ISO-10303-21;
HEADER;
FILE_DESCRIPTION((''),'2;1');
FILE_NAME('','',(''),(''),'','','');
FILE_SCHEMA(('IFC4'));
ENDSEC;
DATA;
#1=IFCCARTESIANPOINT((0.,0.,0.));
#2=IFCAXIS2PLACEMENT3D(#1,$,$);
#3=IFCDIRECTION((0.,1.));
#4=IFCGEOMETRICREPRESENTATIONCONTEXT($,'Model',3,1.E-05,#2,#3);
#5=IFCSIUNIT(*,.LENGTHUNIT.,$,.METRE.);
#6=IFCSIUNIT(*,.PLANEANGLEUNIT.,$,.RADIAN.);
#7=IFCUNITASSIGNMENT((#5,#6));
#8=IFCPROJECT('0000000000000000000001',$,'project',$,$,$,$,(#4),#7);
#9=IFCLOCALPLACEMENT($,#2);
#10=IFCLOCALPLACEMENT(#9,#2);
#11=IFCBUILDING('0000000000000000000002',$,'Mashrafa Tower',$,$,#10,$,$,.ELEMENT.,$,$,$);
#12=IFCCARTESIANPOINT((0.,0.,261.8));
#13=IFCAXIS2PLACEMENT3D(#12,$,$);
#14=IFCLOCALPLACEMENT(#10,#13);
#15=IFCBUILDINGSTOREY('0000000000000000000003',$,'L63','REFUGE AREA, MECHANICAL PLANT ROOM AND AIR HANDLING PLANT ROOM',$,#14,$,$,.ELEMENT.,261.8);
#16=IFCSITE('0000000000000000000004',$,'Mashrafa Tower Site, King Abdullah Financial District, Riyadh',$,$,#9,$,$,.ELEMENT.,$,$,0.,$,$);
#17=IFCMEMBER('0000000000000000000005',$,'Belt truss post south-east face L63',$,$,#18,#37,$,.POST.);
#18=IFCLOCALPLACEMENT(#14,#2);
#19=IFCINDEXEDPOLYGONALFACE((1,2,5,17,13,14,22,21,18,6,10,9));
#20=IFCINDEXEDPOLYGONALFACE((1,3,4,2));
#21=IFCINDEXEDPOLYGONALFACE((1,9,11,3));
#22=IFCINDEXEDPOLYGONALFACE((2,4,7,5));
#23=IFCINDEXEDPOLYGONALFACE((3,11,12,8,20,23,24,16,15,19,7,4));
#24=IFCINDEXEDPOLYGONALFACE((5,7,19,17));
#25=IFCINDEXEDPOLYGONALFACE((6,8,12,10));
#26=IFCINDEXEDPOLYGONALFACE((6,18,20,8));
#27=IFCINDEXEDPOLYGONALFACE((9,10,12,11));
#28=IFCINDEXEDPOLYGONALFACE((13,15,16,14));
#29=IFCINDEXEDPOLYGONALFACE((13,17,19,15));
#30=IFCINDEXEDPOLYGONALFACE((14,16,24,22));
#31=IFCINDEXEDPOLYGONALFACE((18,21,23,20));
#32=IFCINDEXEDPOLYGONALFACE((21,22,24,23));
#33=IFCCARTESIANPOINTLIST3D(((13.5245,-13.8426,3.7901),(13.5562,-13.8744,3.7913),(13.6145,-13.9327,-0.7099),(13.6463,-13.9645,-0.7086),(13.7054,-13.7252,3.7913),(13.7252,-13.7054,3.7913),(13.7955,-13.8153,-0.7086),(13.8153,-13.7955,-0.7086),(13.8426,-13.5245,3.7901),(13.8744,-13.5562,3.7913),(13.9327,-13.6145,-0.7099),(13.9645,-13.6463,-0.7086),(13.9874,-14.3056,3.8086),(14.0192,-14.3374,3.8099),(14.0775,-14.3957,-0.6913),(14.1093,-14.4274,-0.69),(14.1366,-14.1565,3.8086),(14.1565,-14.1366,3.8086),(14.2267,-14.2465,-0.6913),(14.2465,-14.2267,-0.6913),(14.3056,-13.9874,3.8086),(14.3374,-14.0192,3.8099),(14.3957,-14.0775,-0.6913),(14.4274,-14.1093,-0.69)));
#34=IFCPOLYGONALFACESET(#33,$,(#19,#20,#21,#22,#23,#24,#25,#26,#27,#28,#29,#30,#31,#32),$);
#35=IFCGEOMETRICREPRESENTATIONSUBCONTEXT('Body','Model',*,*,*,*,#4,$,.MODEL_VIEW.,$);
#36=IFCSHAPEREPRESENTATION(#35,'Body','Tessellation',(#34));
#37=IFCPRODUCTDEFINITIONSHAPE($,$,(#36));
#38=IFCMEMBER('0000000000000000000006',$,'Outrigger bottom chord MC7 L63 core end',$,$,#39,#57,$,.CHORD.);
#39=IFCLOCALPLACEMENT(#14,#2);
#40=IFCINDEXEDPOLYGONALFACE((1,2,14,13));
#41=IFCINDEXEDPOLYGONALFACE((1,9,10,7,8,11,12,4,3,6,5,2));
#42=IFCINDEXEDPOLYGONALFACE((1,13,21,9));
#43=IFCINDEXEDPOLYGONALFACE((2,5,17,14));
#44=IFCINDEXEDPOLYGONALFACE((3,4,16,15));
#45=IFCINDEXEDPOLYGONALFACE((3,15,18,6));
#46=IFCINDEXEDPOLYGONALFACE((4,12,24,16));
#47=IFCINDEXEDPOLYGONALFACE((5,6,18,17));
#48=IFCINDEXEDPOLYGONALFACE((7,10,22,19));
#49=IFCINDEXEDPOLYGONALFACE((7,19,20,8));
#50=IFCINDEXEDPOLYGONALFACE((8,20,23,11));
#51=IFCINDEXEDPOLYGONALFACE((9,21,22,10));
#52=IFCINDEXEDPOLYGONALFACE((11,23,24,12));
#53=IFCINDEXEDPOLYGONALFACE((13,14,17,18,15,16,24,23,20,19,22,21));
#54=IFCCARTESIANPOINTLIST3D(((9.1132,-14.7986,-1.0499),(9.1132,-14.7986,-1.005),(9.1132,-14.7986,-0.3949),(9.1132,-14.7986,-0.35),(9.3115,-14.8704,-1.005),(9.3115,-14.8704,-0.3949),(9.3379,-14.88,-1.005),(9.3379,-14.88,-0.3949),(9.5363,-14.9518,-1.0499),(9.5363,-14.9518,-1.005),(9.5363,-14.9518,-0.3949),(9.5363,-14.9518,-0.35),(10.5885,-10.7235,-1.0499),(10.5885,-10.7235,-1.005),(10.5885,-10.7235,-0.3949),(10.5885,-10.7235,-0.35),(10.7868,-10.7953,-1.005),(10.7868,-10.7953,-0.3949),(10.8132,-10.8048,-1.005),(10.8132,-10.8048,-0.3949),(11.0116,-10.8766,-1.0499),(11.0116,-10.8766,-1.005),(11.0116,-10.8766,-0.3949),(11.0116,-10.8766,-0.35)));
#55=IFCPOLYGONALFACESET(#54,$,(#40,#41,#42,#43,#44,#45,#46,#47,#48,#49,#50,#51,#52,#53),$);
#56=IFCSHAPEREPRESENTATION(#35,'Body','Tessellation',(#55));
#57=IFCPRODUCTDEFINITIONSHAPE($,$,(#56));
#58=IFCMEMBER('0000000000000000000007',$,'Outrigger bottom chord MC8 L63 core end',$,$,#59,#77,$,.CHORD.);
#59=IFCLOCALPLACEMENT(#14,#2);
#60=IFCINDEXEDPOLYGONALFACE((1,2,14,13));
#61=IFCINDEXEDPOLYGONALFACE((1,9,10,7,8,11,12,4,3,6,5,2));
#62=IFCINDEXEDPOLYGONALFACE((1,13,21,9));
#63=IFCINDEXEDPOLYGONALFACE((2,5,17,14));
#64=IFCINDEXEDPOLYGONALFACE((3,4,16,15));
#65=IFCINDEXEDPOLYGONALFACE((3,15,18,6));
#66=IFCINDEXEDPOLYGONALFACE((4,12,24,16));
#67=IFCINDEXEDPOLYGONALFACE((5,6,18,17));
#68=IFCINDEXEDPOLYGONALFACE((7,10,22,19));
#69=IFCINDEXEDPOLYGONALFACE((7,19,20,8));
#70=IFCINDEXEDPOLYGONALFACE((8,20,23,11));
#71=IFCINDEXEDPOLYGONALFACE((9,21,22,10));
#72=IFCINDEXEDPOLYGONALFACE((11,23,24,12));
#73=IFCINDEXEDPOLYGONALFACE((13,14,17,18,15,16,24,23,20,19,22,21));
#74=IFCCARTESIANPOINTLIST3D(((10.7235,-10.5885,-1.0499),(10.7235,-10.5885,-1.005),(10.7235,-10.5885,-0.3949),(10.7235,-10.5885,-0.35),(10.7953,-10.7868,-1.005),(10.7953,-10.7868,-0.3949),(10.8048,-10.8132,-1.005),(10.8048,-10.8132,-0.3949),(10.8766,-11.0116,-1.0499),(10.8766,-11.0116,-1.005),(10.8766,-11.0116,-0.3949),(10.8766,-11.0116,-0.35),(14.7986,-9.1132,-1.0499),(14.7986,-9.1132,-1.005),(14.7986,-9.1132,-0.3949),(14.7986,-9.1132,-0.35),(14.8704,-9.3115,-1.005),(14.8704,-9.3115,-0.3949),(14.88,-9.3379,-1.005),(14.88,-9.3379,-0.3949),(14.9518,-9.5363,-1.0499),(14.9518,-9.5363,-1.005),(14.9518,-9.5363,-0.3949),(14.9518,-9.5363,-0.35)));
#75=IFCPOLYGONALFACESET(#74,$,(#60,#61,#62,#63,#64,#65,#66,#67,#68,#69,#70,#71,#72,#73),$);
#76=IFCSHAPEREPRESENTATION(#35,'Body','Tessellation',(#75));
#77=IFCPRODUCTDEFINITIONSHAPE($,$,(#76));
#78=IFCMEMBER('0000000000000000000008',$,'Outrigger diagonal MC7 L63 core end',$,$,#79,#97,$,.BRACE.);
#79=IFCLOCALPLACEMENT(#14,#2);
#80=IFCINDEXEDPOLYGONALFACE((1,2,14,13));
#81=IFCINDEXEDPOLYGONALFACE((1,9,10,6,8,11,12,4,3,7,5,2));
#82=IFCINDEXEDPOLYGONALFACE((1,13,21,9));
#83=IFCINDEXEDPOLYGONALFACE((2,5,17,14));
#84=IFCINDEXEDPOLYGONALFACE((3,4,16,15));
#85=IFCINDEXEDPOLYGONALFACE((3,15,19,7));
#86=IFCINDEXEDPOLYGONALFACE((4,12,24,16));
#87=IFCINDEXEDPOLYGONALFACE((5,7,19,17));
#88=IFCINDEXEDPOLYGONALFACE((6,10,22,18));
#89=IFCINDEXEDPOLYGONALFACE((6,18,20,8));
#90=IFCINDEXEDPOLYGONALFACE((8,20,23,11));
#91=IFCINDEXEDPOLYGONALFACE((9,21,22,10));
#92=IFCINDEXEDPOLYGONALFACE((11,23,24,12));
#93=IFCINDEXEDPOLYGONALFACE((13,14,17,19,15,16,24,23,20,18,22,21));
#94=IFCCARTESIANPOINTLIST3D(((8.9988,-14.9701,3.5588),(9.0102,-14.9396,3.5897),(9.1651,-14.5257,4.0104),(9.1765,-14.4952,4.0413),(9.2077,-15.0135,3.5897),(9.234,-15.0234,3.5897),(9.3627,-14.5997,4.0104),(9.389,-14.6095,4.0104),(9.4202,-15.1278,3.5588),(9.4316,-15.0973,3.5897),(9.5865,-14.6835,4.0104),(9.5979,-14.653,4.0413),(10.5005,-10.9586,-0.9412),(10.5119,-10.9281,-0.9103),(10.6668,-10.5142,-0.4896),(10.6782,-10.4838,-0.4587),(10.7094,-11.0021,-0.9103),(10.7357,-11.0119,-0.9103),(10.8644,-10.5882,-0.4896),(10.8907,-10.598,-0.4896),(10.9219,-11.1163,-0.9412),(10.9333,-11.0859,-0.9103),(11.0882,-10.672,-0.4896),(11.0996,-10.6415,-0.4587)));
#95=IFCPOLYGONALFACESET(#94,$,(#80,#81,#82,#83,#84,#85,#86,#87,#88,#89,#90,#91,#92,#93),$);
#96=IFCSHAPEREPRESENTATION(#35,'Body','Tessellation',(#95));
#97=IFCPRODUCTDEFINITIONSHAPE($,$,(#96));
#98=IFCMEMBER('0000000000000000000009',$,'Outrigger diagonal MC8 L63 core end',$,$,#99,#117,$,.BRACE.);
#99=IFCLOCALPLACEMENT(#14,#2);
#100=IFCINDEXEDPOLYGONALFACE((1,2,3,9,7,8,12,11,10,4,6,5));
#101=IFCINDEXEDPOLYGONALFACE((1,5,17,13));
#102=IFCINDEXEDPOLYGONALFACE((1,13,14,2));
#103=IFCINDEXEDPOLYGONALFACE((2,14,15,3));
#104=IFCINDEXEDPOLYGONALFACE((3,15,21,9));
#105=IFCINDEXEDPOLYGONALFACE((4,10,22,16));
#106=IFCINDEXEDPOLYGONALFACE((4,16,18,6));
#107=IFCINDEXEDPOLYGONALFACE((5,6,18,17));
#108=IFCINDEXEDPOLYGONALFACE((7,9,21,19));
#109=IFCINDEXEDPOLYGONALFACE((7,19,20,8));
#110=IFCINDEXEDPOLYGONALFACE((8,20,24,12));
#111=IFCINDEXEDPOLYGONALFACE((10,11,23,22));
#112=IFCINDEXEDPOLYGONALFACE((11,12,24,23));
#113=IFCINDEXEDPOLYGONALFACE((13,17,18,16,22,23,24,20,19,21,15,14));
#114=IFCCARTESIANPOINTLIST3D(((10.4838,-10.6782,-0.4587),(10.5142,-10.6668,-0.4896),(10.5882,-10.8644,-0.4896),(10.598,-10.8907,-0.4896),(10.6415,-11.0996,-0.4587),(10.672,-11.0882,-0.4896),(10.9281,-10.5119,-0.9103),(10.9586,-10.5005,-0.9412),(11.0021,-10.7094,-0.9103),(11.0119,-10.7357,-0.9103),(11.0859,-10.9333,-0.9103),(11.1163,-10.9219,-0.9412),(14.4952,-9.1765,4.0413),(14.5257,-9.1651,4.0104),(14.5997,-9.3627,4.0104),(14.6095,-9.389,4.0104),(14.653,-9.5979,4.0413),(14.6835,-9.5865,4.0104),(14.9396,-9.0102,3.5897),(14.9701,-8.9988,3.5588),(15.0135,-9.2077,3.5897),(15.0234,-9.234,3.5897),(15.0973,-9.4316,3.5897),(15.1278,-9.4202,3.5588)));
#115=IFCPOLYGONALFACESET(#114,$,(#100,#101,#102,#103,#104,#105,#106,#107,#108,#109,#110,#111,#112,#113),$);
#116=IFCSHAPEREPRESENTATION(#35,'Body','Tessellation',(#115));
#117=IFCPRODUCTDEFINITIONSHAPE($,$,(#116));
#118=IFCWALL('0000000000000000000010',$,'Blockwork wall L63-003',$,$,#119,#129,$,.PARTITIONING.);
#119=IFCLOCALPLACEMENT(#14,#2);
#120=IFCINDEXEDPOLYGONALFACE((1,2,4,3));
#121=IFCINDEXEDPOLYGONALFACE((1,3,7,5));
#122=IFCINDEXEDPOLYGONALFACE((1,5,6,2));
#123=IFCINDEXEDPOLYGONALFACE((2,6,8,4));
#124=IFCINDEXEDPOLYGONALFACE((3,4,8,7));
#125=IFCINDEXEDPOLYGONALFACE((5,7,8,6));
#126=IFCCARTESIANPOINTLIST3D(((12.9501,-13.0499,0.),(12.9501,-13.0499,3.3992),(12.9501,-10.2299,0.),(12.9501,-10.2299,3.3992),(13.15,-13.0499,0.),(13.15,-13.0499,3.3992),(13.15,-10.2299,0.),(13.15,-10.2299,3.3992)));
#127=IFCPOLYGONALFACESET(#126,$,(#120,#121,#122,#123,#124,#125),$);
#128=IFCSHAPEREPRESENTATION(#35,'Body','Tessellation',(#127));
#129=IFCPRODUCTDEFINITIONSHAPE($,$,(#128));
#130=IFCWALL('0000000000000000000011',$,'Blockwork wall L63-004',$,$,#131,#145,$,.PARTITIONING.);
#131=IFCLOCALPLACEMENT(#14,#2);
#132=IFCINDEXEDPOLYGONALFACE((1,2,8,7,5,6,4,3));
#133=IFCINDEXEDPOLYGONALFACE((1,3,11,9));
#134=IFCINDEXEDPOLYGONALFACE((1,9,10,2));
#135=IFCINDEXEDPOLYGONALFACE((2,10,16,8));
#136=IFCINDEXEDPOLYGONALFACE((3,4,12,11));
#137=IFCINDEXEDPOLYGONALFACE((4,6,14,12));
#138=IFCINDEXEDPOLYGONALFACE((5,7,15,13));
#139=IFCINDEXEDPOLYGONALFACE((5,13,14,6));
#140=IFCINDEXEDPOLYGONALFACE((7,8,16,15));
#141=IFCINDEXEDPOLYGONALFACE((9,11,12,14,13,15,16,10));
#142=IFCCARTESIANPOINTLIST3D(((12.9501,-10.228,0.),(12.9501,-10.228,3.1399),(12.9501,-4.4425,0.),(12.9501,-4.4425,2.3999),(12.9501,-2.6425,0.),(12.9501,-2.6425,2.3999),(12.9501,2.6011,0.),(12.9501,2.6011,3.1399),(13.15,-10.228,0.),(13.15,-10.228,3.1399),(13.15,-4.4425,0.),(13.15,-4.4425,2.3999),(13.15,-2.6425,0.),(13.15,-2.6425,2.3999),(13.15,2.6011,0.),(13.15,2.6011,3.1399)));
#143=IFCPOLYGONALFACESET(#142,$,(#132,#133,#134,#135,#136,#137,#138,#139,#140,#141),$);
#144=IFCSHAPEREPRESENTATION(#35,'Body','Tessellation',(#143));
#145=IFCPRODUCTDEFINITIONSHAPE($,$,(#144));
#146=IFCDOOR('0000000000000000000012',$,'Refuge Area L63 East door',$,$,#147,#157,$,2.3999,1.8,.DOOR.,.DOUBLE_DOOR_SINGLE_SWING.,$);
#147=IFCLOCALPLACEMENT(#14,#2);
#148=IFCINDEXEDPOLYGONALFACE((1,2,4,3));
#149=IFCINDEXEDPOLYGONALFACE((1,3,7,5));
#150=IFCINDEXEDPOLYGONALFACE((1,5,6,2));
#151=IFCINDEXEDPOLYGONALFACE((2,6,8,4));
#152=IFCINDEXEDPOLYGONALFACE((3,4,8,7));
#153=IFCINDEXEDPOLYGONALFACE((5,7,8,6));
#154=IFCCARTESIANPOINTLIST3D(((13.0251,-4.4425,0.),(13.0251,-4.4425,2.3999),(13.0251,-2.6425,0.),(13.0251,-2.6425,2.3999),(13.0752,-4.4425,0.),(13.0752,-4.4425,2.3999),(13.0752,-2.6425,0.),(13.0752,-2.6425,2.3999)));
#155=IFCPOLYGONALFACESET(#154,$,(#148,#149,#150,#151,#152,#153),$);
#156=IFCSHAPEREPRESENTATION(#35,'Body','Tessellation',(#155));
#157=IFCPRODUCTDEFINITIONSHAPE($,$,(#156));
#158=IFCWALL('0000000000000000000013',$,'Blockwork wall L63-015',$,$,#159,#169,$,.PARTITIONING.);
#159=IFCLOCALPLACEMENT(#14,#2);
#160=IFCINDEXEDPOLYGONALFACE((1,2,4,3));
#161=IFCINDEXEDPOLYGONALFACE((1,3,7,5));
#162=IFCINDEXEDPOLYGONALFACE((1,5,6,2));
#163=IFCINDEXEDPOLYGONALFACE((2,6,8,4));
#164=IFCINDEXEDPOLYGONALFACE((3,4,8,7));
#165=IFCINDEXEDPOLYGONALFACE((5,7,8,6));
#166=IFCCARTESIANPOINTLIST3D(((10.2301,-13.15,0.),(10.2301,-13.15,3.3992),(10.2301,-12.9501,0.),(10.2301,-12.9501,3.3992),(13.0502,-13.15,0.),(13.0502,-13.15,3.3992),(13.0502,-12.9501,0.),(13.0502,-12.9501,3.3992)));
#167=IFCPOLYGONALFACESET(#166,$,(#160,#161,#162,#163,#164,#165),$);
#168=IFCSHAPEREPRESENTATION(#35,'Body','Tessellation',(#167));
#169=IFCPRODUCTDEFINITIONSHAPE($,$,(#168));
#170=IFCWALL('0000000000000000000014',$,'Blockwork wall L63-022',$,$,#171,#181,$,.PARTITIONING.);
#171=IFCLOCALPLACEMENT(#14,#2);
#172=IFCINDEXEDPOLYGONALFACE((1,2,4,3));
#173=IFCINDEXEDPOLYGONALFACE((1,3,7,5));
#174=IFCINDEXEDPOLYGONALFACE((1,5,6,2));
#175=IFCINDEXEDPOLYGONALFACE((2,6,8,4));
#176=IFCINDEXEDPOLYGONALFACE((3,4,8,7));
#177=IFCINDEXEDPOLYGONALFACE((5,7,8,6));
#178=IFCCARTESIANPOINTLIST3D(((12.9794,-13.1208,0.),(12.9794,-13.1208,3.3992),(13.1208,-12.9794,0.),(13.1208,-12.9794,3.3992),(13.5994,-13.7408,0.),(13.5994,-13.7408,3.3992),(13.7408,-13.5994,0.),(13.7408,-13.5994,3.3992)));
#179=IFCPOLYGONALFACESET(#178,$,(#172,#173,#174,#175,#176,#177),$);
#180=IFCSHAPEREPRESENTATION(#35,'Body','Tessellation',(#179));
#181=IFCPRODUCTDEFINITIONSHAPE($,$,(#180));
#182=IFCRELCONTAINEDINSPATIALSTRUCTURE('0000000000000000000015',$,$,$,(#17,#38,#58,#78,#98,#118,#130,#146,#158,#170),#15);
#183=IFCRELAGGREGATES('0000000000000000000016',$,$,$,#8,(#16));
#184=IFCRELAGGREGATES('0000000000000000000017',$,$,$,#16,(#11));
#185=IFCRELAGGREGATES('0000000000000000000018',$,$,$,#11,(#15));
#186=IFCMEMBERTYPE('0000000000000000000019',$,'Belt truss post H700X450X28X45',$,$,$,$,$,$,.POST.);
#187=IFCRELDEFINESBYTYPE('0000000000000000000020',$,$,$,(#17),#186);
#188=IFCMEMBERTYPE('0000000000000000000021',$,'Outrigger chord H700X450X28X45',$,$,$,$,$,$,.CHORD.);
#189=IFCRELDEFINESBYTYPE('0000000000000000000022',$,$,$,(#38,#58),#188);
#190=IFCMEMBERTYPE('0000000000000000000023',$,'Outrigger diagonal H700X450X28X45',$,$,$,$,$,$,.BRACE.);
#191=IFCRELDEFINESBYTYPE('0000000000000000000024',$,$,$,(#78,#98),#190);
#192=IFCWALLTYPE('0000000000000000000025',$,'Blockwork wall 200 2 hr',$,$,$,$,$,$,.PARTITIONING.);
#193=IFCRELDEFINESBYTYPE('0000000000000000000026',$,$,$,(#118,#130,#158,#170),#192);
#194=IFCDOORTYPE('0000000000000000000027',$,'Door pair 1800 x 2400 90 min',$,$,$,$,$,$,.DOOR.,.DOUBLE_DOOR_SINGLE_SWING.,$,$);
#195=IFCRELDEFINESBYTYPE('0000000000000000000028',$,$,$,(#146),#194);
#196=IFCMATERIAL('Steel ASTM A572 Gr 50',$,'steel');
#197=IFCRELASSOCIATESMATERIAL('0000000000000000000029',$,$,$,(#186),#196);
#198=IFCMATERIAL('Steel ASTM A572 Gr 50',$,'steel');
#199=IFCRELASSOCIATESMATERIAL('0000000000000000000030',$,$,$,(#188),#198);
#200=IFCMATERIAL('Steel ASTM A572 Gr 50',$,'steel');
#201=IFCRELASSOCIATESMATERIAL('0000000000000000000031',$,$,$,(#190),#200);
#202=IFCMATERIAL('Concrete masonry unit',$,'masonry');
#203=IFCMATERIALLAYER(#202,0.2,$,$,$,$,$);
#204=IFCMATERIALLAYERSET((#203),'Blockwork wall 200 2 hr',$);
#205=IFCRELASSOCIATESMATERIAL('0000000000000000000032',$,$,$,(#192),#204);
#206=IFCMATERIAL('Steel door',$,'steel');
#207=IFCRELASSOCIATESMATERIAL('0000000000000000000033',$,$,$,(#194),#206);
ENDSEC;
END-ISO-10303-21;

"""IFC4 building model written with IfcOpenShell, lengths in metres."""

from ifc_helpers import new_model, si_unit, direction, frame, frame_2d, origin, origin_2d, place, context, subcontext, project, spatial, rectangle, i_section, extrude, source, transform, mapped, material, layer, layer_set, material_profile, profile_set, type_object, type_shapes, element, fill, save


model = new_model("IFC4")

# Units and contexts
model_context = context("Model", 3, precision=1e-05, world=origin(), true_north=direction((0.0, 1.0)))
body_context = subcontext(model_context, "Body", "Model", "MODEL_VIEW")
ifc_project = project(units=[si_unit("LENGTHUNIT", "METRE"), si_unit("PLANEANGLEUNIT", "RADIAN")], contexts=[model_context])

# Site, building, storey
site_placement = place(None, origin())
site = spatial("IfcSite", under=ifc_project, at=site_placement, Name="Mashrafa Tower Site, King Abdullah Financial District, Riyadh", CompositionType="ELEMENT", RefElevation=0.0)
building_placement = place(site_placement, origin())
building = spatial("IfcBuilding", under=site, at=building_placement, Name="Mashrafa Tower", CompositionType="ELEMENT")
storey_placement = place(building_placement, frame((0.0, 0.0, 261.8)))
storey = spatial("IfcBuildingStorey", under=building, at=storey_placement, Name="L63", Description="REFUGE AREA, MECHANICAL PLANT ROOM AND AIR HANDLING PLANT ROOM", CompositionType="ELEMENT", Elevation=261.8)

# Members
ifc_material_1 = material(Name="Steel ASTM A572 Gr 50", Category="steel")
ifc_material_profile_1 = material_profile(ifc_material_1, i_section(OverallWidth=0.45, OverallDepth=0.7, WebThickness=0.0281, FlangeThickness=0.0449, at=origin_2d()), Name="H700X450X28X45")
ifc_profile_set_1 = profile_set([ifc_material_profile_1], Name="Steel ASTM A572 Gr 50")
member_type_1 = type_object("IfcMemberType", Name="Belt truss post H700X450X28X45", PredefinedType="POST", material=ifc_profile_set_1)
shared_shape_1 = source(origin(), body_context, "Body", "SweptSolid", [
    extrude(i_section(OverallWidth=0.45, OverallDepth=0.7, WebThickness=0.0281, FlangeThickness=0.0449, at=origin_2d()), origin(), (0.0, 0.0, 1.0), 4.5017),
])
type_shapes(member_type_1, [shared_shape_1])
member_placement = place(storey_placement, frame((14.021, -14.021, -0.7), z_axis=(-0.020012, 0.020012, 0.999599), x_axis=(-0.707107, -0.707107, 0.0)))
element("IfcMember", 1, at=member_placement, inside=storey, type_object=member_type_1, Name="Belt truss post south-east face L63", PredefinedType="POST", context=body_context, shape_type="MappedRepresentation", body=[
    mapped(shared_shape_1, transform((0.0, 0.0, 0.0))),
])
ifc_material_2 = material(Name="Steel ASTM A572 Gr 50", Category="steel")
ifc_material_profile_2 = material_profile(ifc_material_2, i_section(OverallWidth=0.45, OverallDepth=0.7, WebThickness=0.0281, FlangeThickness=0.0449, at=origin_2d()), Name="H700X450X28X45")
ifc_profile_set_2 = profile_set([ifc_material_profile_2], Name="Steel ASTM A572 Gr 50")
member_type_2 = type_object("IfcMemberType", Name="Outrigger chord H700X450X28X45", PredefinedType="CHORD", material=ifc_profile_set_2)
shared_shape_2 = source(origin(), body_context, "Body", "SweptSolid", [
    extrude(i_section(OverallWidth=0.45, OverallDepth=0.7, WebThickness=0.0281, FlangeThickness=0.0449, at=origin_2d()), origin(), (0.0, 0.0, 1.0), 4.334),
])
type_shapes(member_type_2, [shared_shape_2])
for number, where, z_axis, x_axis, name in (
    (2, (10.8, -10.8, -0.7), (-0.340408, -0.940278, 0.0), (0.940278, -0.340408, 0.0), "Outrigger bottom chord MC7 L63 core end"),
    (3, (10.8, -10.8, -0.7), (0.940278, 0.340408, 0.0), (-0.340408, 0.940278, 0.0), "Outrigger bottom chord MC8 L63 core end"),
):
    element("IfcMember", number, at=place(storey_placement, frame(where, z_axis=z_axis, x_axis=x_axis)), inside=storey, type_object=member_type_2, Name=name, PredefinedType="CHORD", context=body_context, shape_type="MappedRepresentation", body=[
        mapped(shared_shape_2, transform((0.0, 0.0, 0.0))),
    ])
ifc_material_3 = material(Name="Steel ASTM A572 Gr 50", Category="steel")
ifc_material_profile_3 = material_profile(ifc_material_3, i_section(OverallWidth=0.45, OverallDepth=0.7, WebThickness=0.0281, FlangeThickness=0.0449, at=origin_2d()), Name="H700X450X28X45")
ifc_profile_set_3 = profile_set([ifc_material_profile_3], Name="Steel ASTM A572 Gr 50")
member_type_3 = type_object("IfcMemberType", Name="Outrigger diagonal H700X450X28X45", PredefinedType="BRACE", material=ifc_profile_set_3)
shared_shape_3 = source(origin(), body_context, "Body", "SweptSolid", [
    extrude(i_section(OverallWidth=0.45, OverallDepth=0.7, WebThickness=0.0281, FlangeThickness=0.0449, at=origin_2d()), origin(), (0.0, 0.0, 1.0), 6.2126),
])
type_shapes(member_type_3, [shared_shape_3])
for number, where, z_axis, x_axis, name in (
    (4, (10.8, -10.8, -0.7), (-0.241718, -0.645694, 0.724328), (0.936528, -0.350592, 0.0), "Outrigger diagonal MC7 L63 core end"),
    (5, (10.8, -10.8, -0.7), (0.645694, 0.241718, 0.724328), (-0.350592, 0.936528, 0.0), "Outrigger diagonal MC8 L63 core end"),
):
    element("IfcMember", number, at=place(storey_placement, frame(where, z_axis=z_axis, x_axis=x_axis)), inside=storey, type_object=member_type_3, Name=name, PredefinedType="BRACE", context=body_context, shape_type="MappedRepresentation", body=[
        mapped(shared_shape_3, transform((0.0, 0.0, 0.0))),
    ])

# Wall
ifc_material_4 = material(Name="Concrete masonry unit", Category="masonry")
ifc_layer_1 = layer(ifc_material_4, 0.2)
ifc_layer_set_1 = layer_set([ifc_layer_1], Name="Blockwork wall 200 2 hr")
wall_type_1 = type_object("IfcWallType", Name="Blockwork wall 200 2 hr", PredefinedType="PARTITIONING", material=ifc_layer_set_1)
wall_1_placement = place(storey_placement, frame((13.05, -13.05, 0.0), z_axis=(0.0, 0.0, 1.0), x_axis=(0.0, 1.0, 0.0)))
element("IfcWall", 6, at=wall_1_placement, inside=storey, type_object=wall_type_1, Name="Blockwork wall L63-003", PredefinedType="PARTITIONING", context=body_context, shape_type="SweptSolid", body=[
    extrude(rectangle(XDim=2.8201, YDim=0.2, at=frame_2d((1.4102, 0.0))), origin(), (0.0, 0.0, 1.0), 3.3992),
])

# Wall, opening, door
wall_2_placement = place(storey_placement, frame((13.05, -10.228, 0.0), z_axis=(0.0, 0.0, 1.0), x_axis=(0.0, 1.0, 0.0)))
wall_2 = element("IfcWall", 7, at=wall_2_placement, inside=storey, type_object=wall_type_1, Name="Blockwork wall L63-004", PredefinedType="PARTITIONING", context=body_context, shape_type="SweptSolid", body=[
    extrude(rectangle(XDim=12.8291, YDim=0.2, at=frame_2d((6.4146, 0.0))), origin(), (0.0, 0.0, 1.0), 3.1399),
])
opening_1_placement = place(wall_2_placement, frame((5.7856, 0.0, 0.0)))
opening_1 = element("IfcOpeningElement", 8, at=opening_1_placement, cuts=wall_2, PredefinedType="OPENING", context=body_context, shape_type="SweptSolid", body=[
    extrude(rectangle(XDim=1.8, YDim=2.3999, at=frame_2d((0.8999, 1.2))), frame((0.0, 0.1099, 0.0), z_axis=(0.0, -1.0, 0.0), x_axis=(1.0, 0.0, 0.0)), (0.0, 0.0, 1.0), 0.22),
])
ifc_material_5 = material(Name="Steel door", Category="steel")
door_type_1 = type_object("IfcDoorType", Name="Door pair 1800 x 2400 90 min", OperationType="DOUBLE_DOOR_SINGLE_SWING", PredefinedType="DOOR", material=ifc_material_5)
door_1_placement = place(opening_1_placement, origin())
door_1 = element("IfcDoor", 9, at=door_1_placement, inside=storey, type_object=door_type_1, Name="Refuge Area L63 East door", OperationType="DOUBLE_DOOR_SINGLE_SWING", OverallHeight=2.3999, OverallWidth=1.8, PredefinedType="DOOR", context=body_context, shape_type="SweptSolid", body=[
    extrude(rectangle(XDim=1.8, YDim=2.3999, at=frame_2d((0.8999, 1.2))), frame((0.0, 0.0249, 0.0), z_axis=(0.0, -1.0, 0.0), x_axis=(1.0, 0.0, 0.0)), (0.0, 0.0, 1.0), 0.05),
])
fill(opening_1, door_1)

# Walls
wall_3_placement = place(storey_placement, frame((10.23, -13.05, 0.0), z_axis=(0.0, 0.0, 1.0), x_axis=(1.0, 0.0, 0.0)))
element("IfcWall", 10, at=wall_3_placement, inside=storey, type_object=wall_type_1, Name="Blockwork wall L63-015", PredefinedType="PARTITIONING", context=body_context, shape_type="SweptSolid", body=[
    extrude(rectangle(XDim=2.8201, YDim=0.2, at=frame_2d((1.4102, 0.0))), origin(), (0.0, 0.0, 1.0), 3.3992),
])
wall_4_placement = place(storey_placement, frame((13.05, -13.05, 0.0), z_axis=(0.0, 0.0, 1.0), x_axis=(0.707107, -0.707107, 0.0)))
element("IfcWall", 11, at=wall_4_placement, inside=storey, type_object=wall_type_1, Name="Blockwork wall L63-022", PredefinedType="PARTITIONING", context=body_context, shape_type="SweptSolid", body=[
    extrude(rectangle(XDim=0.8767, YDim=0.2, at=frame_2d((0.4385, 0.0))), origin(), (0.0, 0.0, 1.0), 3.3992),
])

save(model, "model.ifc")
